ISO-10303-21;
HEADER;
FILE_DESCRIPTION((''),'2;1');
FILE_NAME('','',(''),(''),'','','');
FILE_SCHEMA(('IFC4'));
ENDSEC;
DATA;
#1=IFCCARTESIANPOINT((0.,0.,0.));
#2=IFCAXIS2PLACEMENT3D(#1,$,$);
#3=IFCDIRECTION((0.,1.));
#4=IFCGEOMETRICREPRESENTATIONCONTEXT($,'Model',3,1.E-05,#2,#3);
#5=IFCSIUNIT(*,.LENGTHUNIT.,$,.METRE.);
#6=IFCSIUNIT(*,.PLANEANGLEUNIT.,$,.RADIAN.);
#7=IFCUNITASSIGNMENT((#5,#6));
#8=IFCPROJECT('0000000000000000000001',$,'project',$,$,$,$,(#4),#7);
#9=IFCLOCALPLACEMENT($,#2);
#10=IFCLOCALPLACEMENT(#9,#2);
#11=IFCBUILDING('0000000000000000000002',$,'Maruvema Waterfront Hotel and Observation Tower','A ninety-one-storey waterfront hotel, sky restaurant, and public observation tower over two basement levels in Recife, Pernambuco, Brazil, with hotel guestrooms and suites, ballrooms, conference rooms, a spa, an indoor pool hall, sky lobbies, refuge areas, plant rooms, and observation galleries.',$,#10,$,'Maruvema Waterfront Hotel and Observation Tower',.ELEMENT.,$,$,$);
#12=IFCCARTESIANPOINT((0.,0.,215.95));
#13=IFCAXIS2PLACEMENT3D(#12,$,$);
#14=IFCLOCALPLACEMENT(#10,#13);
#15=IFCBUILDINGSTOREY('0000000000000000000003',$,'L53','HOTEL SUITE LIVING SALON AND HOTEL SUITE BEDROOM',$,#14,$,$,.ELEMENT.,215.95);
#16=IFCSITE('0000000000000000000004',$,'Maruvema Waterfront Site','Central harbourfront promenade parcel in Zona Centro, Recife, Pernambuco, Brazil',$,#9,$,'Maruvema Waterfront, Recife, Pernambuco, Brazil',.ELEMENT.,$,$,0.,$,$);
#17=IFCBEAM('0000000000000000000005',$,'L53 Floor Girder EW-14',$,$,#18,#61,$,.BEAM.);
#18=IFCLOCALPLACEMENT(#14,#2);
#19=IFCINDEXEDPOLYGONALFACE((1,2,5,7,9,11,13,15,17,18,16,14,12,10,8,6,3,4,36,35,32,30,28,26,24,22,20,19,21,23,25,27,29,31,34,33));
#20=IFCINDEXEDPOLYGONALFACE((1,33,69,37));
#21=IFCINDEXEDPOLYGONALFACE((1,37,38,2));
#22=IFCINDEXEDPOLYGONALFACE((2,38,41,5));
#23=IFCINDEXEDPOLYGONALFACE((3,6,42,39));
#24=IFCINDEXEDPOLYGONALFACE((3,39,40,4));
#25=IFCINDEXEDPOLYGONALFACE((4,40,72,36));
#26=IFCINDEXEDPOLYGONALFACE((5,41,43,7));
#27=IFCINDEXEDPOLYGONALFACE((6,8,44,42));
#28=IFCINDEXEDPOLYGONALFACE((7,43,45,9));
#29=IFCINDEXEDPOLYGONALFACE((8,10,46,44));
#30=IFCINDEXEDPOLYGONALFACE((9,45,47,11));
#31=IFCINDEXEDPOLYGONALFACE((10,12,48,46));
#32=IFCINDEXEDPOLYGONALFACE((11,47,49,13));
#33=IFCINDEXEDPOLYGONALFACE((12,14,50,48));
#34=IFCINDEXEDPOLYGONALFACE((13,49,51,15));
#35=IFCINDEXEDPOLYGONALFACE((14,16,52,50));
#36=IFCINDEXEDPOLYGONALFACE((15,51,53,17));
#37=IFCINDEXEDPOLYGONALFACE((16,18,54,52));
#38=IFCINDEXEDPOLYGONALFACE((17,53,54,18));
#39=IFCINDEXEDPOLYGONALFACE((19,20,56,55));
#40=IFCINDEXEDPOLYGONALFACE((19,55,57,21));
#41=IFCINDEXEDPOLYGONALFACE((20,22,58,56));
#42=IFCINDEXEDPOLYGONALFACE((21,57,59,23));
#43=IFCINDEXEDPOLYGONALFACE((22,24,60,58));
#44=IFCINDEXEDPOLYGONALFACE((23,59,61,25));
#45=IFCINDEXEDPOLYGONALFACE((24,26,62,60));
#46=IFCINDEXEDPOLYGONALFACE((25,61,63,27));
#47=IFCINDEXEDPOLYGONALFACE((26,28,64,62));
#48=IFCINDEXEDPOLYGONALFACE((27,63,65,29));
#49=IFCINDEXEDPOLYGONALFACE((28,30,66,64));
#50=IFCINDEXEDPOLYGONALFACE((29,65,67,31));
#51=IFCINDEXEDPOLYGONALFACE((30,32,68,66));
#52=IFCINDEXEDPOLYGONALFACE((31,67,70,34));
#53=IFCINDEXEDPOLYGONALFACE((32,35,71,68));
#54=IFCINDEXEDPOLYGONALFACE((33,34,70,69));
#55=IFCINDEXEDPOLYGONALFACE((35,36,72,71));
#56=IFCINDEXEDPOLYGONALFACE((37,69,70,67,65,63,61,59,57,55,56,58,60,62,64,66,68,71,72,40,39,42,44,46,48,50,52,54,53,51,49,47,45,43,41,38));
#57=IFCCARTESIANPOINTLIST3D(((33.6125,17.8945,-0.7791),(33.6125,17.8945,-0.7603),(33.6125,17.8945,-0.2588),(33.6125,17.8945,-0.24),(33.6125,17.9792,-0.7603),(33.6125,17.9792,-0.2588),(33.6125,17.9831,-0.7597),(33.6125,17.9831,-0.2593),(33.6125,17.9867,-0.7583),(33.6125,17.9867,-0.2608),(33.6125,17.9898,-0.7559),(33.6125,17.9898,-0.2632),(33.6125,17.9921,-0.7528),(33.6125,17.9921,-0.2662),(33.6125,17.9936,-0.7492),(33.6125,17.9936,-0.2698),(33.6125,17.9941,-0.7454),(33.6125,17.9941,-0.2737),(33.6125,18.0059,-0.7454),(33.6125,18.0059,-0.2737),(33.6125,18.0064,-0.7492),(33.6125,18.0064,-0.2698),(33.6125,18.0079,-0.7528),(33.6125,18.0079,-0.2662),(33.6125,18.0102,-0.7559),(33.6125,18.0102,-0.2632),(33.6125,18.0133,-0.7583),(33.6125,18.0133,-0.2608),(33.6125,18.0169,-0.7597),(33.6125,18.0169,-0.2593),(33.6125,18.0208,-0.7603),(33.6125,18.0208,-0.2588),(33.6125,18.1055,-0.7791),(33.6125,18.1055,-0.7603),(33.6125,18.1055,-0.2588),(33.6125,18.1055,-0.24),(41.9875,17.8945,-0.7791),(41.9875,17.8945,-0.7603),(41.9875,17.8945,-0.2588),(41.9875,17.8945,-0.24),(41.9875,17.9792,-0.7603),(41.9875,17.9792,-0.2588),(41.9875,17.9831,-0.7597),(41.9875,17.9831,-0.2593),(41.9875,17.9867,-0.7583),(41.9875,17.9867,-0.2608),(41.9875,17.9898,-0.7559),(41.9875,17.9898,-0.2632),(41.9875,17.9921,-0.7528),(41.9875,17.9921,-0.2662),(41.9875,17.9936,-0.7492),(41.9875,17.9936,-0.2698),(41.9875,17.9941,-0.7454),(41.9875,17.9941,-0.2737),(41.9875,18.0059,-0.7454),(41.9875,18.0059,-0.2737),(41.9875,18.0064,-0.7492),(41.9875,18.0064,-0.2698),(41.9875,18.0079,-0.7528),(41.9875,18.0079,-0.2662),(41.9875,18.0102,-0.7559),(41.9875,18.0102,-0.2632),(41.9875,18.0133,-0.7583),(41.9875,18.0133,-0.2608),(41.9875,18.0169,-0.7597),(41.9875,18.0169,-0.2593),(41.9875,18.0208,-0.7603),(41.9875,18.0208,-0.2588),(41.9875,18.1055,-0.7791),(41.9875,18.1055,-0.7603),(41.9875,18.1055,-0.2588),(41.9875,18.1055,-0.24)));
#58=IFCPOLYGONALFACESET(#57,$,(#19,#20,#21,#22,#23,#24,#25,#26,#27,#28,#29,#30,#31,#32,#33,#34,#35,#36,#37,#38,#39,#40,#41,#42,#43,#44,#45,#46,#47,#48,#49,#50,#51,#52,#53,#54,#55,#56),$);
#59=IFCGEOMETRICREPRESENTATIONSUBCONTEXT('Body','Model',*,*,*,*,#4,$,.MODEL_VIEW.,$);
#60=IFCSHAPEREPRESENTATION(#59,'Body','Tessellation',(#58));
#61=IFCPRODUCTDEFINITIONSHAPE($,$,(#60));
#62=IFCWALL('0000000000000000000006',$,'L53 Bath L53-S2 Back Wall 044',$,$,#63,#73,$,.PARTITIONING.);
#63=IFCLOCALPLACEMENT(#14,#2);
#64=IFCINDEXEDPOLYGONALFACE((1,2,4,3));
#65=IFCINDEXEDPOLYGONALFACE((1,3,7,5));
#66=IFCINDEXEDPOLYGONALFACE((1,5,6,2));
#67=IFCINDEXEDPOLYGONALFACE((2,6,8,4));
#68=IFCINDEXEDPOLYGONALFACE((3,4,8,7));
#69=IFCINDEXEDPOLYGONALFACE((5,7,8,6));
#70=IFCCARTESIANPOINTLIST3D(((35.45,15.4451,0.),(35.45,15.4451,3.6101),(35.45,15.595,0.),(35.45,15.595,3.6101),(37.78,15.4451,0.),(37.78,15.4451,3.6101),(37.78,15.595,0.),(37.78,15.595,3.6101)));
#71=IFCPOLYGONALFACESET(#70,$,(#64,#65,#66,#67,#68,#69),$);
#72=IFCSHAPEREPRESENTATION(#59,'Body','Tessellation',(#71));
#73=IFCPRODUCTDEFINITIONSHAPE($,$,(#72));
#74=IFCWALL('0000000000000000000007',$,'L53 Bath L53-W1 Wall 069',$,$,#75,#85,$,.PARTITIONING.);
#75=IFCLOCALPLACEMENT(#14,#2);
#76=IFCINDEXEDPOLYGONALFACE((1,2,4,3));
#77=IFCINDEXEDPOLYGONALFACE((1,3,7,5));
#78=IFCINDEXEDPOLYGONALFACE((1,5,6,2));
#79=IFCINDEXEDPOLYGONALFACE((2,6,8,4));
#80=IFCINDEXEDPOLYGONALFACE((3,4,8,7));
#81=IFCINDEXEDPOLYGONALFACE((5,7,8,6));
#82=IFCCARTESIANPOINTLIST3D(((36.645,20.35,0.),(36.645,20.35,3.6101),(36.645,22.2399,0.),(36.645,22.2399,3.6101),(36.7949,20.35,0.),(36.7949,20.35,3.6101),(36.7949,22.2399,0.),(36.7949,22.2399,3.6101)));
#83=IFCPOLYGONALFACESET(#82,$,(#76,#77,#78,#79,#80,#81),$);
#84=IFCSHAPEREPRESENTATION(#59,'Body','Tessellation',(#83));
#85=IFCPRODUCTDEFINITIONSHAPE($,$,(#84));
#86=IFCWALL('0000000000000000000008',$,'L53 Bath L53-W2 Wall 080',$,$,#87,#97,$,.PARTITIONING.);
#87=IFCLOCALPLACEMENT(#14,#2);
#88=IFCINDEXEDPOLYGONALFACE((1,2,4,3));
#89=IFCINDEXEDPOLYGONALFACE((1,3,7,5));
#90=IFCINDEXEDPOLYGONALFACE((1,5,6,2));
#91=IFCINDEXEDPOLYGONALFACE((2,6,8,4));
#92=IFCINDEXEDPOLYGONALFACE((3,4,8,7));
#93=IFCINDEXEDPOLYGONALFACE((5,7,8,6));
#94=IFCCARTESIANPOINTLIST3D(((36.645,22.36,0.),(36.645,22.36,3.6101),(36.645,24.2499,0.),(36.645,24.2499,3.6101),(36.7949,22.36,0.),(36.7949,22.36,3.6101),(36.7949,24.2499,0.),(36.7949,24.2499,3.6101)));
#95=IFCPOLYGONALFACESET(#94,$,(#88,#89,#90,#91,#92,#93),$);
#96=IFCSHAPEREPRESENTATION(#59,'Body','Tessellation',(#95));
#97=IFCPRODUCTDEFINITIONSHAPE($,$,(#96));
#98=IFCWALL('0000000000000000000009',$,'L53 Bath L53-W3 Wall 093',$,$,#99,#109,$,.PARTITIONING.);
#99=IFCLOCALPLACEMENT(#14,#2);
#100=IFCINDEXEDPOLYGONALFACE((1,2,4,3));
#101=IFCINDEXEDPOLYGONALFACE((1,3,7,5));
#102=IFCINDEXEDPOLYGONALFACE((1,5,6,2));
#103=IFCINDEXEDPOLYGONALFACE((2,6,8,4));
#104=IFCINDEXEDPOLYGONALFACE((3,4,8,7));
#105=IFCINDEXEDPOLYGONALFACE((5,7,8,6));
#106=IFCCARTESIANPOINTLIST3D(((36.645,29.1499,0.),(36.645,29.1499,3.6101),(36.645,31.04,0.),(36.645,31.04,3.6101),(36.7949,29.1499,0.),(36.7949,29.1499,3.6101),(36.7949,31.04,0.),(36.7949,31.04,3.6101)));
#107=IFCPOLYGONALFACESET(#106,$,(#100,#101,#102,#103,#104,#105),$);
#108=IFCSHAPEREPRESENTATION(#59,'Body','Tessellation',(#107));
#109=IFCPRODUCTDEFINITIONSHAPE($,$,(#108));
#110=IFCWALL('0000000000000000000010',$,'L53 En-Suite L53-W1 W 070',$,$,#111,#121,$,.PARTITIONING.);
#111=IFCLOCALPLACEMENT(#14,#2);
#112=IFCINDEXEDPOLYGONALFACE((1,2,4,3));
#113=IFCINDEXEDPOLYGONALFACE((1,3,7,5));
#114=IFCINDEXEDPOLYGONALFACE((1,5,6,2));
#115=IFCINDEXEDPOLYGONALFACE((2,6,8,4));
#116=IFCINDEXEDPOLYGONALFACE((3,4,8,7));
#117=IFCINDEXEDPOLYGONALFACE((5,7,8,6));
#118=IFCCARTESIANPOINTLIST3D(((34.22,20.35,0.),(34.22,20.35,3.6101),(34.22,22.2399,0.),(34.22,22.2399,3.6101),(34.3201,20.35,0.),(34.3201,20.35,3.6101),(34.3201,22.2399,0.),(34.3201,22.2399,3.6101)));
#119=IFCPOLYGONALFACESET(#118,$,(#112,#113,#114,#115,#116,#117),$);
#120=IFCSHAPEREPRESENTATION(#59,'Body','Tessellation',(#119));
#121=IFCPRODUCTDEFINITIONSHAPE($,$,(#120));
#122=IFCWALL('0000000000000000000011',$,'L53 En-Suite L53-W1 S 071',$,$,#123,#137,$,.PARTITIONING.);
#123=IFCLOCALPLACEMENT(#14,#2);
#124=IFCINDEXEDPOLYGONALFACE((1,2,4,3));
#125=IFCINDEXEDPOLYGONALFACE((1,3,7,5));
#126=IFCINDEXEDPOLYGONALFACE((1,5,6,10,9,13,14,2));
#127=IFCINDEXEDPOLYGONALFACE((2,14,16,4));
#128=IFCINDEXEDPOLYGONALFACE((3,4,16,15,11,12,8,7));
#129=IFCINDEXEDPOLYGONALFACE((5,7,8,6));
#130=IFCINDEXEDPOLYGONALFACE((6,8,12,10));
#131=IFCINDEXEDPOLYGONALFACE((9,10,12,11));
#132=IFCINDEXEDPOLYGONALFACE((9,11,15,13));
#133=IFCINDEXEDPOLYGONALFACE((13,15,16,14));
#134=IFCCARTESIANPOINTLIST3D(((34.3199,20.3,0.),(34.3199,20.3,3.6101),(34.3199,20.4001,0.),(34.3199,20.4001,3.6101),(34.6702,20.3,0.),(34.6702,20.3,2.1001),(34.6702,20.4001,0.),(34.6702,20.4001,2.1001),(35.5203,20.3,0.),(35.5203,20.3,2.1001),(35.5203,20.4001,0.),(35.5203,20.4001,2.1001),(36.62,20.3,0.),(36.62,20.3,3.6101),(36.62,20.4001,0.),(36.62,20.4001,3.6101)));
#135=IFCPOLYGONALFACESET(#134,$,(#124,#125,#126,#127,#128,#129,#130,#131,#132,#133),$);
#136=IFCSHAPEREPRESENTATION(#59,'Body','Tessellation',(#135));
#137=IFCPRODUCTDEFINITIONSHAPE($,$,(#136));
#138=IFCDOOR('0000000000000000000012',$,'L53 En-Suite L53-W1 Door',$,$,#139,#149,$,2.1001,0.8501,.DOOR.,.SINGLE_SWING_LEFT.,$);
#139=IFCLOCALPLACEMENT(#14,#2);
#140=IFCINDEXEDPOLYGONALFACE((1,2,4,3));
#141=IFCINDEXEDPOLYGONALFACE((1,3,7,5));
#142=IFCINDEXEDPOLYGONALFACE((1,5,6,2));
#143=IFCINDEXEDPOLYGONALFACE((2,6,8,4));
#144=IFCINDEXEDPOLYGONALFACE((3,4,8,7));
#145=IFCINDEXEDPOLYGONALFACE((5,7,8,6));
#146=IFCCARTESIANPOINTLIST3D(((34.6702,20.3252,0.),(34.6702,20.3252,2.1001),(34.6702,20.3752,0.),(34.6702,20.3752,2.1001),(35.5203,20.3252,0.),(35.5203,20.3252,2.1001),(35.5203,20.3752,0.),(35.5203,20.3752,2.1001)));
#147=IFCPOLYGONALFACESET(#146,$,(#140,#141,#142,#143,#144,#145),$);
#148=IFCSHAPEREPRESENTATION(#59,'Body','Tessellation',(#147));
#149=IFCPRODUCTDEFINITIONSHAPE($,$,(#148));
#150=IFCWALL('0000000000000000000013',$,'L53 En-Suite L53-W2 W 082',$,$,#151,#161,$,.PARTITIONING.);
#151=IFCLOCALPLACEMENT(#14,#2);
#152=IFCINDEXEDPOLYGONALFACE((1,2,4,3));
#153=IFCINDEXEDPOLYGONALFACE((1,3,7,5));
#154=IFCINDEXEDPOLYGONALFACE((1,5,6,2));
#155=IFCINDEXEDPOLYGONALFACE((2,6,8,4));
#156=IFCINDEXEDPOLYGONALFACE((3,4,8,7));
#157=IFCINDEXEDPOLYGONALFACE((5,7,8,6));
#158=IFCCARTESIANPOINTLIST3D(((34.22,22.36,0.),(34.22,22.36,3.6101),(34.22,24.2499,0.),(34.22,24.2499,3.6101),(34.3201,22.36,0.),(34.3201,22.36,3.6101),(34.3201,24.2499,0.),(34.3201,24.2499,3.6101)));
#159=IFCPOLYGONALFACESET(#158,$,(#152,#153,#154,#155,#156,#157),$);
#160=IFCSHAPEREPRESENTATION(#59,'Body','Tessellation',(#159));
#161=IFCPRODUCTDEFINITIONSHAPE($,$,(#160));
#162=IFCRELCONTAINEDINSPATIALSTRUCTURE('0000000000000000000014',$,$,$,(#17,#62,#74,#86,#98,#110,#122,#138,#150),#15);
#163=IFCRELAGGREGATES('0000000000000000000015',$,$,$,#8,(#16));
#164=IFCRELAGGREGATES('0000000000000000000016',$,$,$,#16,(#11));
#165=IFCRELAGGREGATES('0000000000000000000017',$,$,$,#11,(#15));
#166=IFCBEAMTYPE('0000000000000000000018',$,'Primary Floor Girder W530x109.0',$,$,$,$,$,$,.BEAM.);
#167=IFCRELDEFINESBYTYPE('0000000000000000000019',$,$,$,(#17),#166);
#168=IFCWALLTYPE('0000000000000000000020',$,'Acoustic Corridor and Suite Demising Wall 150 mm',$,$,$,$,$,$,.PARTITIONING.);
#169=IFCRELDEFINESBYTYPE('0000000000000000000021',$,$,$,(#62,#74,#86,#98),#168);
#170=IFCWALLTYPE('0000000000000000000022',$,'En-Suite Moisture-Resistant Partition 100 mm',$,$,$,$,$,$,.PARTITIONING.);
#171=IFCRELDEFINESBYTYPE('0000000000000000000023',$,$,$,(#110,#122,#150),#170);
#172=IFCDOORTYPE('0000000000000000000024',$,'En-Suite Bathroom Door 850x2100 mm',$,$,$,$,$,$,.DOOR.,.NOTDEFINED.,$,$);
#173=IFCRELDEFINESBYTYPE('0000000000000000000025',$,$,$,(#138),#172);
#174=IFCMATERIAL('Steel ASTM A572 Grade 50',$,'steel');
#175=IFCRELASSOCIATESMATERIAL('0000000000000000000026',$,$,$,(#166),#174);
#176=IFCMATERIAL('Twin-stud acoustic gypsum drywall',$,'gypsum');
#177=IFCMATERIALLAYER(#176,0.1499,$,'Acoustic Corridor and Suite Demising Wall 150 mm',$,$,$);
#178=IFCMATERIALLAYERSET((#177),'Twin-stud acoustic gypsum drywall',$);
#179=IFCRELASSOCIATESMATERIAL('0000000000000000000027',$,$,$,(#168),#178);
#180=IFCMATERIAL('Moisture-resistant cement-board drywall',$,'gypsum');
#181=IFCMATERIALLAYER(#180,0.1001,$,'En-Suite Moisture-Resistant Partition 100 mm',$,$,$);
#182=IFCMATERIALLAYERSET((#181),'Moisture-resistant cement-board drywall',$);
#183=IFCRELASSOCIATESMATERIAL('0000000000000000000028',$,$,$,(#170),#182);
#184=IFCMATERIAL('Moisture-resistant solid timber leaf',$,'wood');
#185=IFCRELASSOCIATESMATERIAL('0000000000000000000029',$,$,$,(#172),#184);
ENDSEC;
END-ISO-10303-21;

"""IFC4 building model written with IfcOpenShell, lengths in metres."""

from ifc_helpers import new_model, si_unit, direction, frame, frame_2d, origin, origin_2d, place, context, subcontext, project, spatial, rectangle, i_section, extrude, material, layer, layer_set, material_profile, profile_set, type_object, element, fill, save


model = new_model("IFC4")

# Units and contexts
model_context = context("Model", 3, precision=1e-05, world=origin(), true_north=direction((0.0, 1.0)))
body_context = subcontext(model_context, "Body", "Model", "MODEL_VIEW")
ifc_project = project(units=[si_unit("LENGTHUNIT", "METRE"), si_unit("PLANEANGLEUNIT", "RADIAN")], contexts=[model_context])

# Site, building, storey
site_placement = place(None, origin())
site = spatial("IfcSite", under=ifc_project, at=site_placement, Name="Maruvema Waterfront Site", Description="Central harbourfront promenade parcel in Zona Centro, Recife, Pernambuco, Brazil", LongName="Maruvema Waterfront, Recife, Pernambuco, Brazil", CompositionType="ELEMENT", RefElevation=0.0)
building_placement = place(site_placement, origin())
building = spatial("IfcBuilding", under=site, at=building_placement, Name="Maruvema Waterfront Hotel and Observation Tower", Description="A ninety-one-storey waterfront hotel, sky restaurant, and public observation tower over two basement levels in Recife, Pernambuco, Brazil, with hotel guestrooms and suites, ballrooms, conference rooms, a spa, an indoor pool hall, sky lobbies, refuge areas, plant rooms, and observation galleries.", LongName="Maruvema Waterfront Hotel and Observation Tower", CompositionType="ELEMENT")
storey_placement = place(building_placement, frame((0.0, 0.0, 215.95)))
storey = spatial("IfcBuildingStorey", under=building, at=storey_placement, Name="L53", Description="HOTEL SUITE LIVING SALON AND HOTEL SUITE BEDROOM", CompositionType="ELEMENT", Elevation=215.95)

# Beam
ifc_material_1 = material(Name="Steel ASTM A572 Grade 50", Category="steel")
ifc_material_profile = material_profile(ifc_material_1, i_section(OverallWidth=0.2109, OverallDepth=0.5391, WebThickness=0.0117, FlangeThickness=0.0188, FilletRadius=0.0149, at=origin_2d()), Name="W530x109.0")
ifc_profile_set = profile_set([ifc_material_profile], Name="Steel ASTM A572 Grade 50")
beam_type = type_object("IfcBeamType", Name="Primary Floor Girder W530x109.0", PredefinedType="BEAM", material=ifc_profile_set)
beam_placement = place(storey_placement, frame((33.6125, 18.0, -0.5095), z_axis=(1.0, 0.0, 0.0), x_axis=(0.0, 1.0, 0.0)))
element("IfcBeam", 1, at=beam_placement, inside=storey, type_object=beam_type, Name="L53 Floor Girder EW-14", PredefinedType="BEAM", context=body_context, shape_type="SweptSolid", body=[
    extrude(i_section(OverallWidth=0.2109, OverallDepth=0.5391, WebThickness=0.0117, FlangeThickness=0.0188, FilletRadius=0.0149, at=origin_2d()), origin(), (0.0, 0.0, 1.0), 8.375),
])

# Wall
ifc_material_2 = material(Name="Twin-stud acoustic gypsum drywall", Category="gypsum")
ifc_layer_1 = layer(ifc_material_2, 0.1499, Name="Acoustic Corridor and Suite Demising Wall 150 mm")
ifc_layer_set_1 = layer_set([ifc_layer_1], Name="Twin-stud acoustic gypsum drywall")
wall_type_1 = type_object("IfcWallType", Name="Acoustic Corridor and Suite Demising Wall 150 mm", PredefinedType="PARTITIONING", material=ifc_layer_set_1)
wall_1_placement = place(storey_placement, frame((35.45, 15.52, 0.0), z_axis=(0.0, 0.0, 1.0), x_axis=(1.0, 0.0, 0.0)))
element("IfcWall", 2, at=wall_1_placement, inside=storey, type_object=wall_type_1, Name="L53 Bath L53-S2 Back Wall 044", PredefinedType="PARTITIONING", context=body_context, shape_type="SweptSolid", body=[
    extrude(rectangle(XDim=2.3301, YDim=0.1499, at=frame_2d((1.165, 0.0))), origin(), (0.0, 0.0, 1.0), 3.6101),
])

# Walls
for number, where, z_axis, x_axis, name in (
    (3, (36.72, 20.3501, 0.0), (0.0, 0.0, 1.0), (0.0, 1.0, 0.0), "L53 Bath L53-W1 Wall 069"),
    (4, (36.72, 22.3601, 0.0), (0.0, 0.0, 1.0), (0.0, 1.0, 0.0), "L53 Bath L53-W2 Wall 080"),
):
    element("IfcWall", number, at=place(storey_placement, frame(where, z_axis=z_axis, x_axis=x_axis)), inside=storey, type_object=wall_type_1, Name=name, PredefinedType="PARTITIONING", context=body_context, shape_type="SweptSolid", body=[
        extrude(rectangle(XDim=1.8899, YDim=0.1499, at=frame_2d((0.9448, 0.0))), origin(), (0.0, 0.0, 1.0), 3.6101),
    ])

# Walls
wall_2_placement = place(storey_placement, frame((36.72, 29.1499, 0.0), z_axis=(0.0, 0.0, 1.0), x_axis=(0.0, 1.0, 0.0)))
element("IfcWall", 5, at=wall_2_placement, inside=storey, type_object=wall_type_1, Name="L53 Bath L53-W3 Wall 093", PredefinedType="PARTITIONING", context=body_context, shape_type="SweptSolid", body=[
    extrude(rectangle(XDim=1.8901, YDim=0.1499, at=frame_2d((0.9451, 0.0))), origin(), (0.0, 0.0, 1.0), 3.6101),
])
ifc_material_3 = material(Name="Moisture-resistant cement-board drywall", Category="gypsum")
ifc_layer_2 = layer(ifc_material_3, 0.1001, Name="En-Suite Moisture-Resistant Partition 100 mm")
ifc_layer_set_2 = layer_set([ifc_layer_2], Name="Moisture-resistant cement-board drywall")
wall_type_2 = type_object("IfcWallType", Name="En-Suite Moisture-Resistant Partition 100 mm", PredefinedType="PARTITIONING", material=ifc_layer_set_2)
wall_3_placement = place(storey_placement, frame((34.27, 20.3501, 0.0), z_axis=(0.0, 0.0, 1.0), x_axis=(0.0, 1.0, 0.0)))
element("IfcWall", 6, at=wall_3_placement, inside=storey, type_object=wall_type_2, Name="L53 En-Suite L53-W1 W 070", PredefinedType="PARTITIONING", context=body_context, shape_type="SweptSolid", body=[
    extrude(rectangle(XDim=1.8899, YDim=0.1001, at=frame_2d((0.9448, 0.0))), origin(), (0.0, 0.0, 1.0), 3.6101),
])

# Wall, opening, door
wall_4_placement = place(storey_placement, frame((34.3201, 20.3501, 0.0), z_axis=(0.0, 0.0, 1.0), x_axis=(1.0, 0.0, 0.0)))
wall_4 = element("IfcWall", 7, at=wall_4_placement, inside=storey, type_object=wall_type_2, Name="L53 En-Suite L53-W1 S 071", PredefinedType="PARTITIONING", context=body_context, shape_type="SweptSolid", body=[
    extrude(rectangle(XDim=2.3, YDim=0.1001, at=frame_2d((1.1499, 0.0))), origin(), (0.0, 0.0, 1.0), 3.6101),
])
opening_1_placement = place(wall_4_placement, frame((0.3501, 0.0, 0.0)))
opening_1 = element("IfcOpeningElement", 8, at=opening_1_placement, cuts=wall_4, PredefinedType="OPENING", context=body_context, shape_type="SweptSolid", body=[
    extrude(rectangle(XDim=0.8501, YDim=2.1001, at=frame_2d((0.425, 1.05))), frame((0.0, 0.0601, 0.0), z_axis=(0.0, -1.0, 0.0), x_axis=(1.0, 0.0, 0.0)), (0.0, 0.0, 1.0), 0.1201),
])
ifc_material_4 = material(Name="Moisture-resistant solid timber leaf", Category="wood")
door_type_1 = type_object("IfcDoorType", Name="En-Suite Bathroom Door 850x2100 mm", OperationType="NOTDEFINED", PredefinedType="DOOR", material=ifc_material_4)
door_1_placement = place(opening_1_placement, frame((0.8501, 0.0, 0.0), z_axis=(0.0, 0.0, 1.0), x_axis=(-1.0, 0.0, 0.0)))
door_1 = element("IfcDoor", 9, at=door_1_placement, inside=storey, type_object=door_type_1, Name="L53 En-Suite L53-W1 Door", OperationType="SINGLE_SWING_LEFT", OverallHeight=2.1001, OverallWidth=0.8501, PredefinedType="DOOR", context=body_context, shape_type="SweptSolid", body=[
    extrude(rectangle(XDim=0.8501, YDim=2.1001, at=frame_2d((0.425, 1.05))), frame((0.0, 0.0249, 0.0), z_axis=(0.0, -1.0, 0.0), x_axis=(1.0, 0.0, 0.0)), (0.0, 0.0, 1.0), 0.05),
])
fill(opening_1, door_1)

# Wall
wall_5_placement = place(storey_placement, frame((34.27, 22.3601, 0.0), z_axis=(0.0, 0.0, 1.0), x_axis=(0.0, 1.0, 0.0)))
element("IfcWall", 10, at=wall_5_placement, inside=storey, type_object=wall_type_2, Name="L53 En-Suite L53-W2 W 082", PredefinedType="PARTITIONING", context=body_context, shape_type="SweptSolid", body=[
    extrude(rectangle(XDim=1.8899, YDim=0.1001, at=frame_2d((0.9448, 0.0))), origin(), (0.0, 0.0, 1.0), 3.6101),
])

save(model, "model.ifc")
